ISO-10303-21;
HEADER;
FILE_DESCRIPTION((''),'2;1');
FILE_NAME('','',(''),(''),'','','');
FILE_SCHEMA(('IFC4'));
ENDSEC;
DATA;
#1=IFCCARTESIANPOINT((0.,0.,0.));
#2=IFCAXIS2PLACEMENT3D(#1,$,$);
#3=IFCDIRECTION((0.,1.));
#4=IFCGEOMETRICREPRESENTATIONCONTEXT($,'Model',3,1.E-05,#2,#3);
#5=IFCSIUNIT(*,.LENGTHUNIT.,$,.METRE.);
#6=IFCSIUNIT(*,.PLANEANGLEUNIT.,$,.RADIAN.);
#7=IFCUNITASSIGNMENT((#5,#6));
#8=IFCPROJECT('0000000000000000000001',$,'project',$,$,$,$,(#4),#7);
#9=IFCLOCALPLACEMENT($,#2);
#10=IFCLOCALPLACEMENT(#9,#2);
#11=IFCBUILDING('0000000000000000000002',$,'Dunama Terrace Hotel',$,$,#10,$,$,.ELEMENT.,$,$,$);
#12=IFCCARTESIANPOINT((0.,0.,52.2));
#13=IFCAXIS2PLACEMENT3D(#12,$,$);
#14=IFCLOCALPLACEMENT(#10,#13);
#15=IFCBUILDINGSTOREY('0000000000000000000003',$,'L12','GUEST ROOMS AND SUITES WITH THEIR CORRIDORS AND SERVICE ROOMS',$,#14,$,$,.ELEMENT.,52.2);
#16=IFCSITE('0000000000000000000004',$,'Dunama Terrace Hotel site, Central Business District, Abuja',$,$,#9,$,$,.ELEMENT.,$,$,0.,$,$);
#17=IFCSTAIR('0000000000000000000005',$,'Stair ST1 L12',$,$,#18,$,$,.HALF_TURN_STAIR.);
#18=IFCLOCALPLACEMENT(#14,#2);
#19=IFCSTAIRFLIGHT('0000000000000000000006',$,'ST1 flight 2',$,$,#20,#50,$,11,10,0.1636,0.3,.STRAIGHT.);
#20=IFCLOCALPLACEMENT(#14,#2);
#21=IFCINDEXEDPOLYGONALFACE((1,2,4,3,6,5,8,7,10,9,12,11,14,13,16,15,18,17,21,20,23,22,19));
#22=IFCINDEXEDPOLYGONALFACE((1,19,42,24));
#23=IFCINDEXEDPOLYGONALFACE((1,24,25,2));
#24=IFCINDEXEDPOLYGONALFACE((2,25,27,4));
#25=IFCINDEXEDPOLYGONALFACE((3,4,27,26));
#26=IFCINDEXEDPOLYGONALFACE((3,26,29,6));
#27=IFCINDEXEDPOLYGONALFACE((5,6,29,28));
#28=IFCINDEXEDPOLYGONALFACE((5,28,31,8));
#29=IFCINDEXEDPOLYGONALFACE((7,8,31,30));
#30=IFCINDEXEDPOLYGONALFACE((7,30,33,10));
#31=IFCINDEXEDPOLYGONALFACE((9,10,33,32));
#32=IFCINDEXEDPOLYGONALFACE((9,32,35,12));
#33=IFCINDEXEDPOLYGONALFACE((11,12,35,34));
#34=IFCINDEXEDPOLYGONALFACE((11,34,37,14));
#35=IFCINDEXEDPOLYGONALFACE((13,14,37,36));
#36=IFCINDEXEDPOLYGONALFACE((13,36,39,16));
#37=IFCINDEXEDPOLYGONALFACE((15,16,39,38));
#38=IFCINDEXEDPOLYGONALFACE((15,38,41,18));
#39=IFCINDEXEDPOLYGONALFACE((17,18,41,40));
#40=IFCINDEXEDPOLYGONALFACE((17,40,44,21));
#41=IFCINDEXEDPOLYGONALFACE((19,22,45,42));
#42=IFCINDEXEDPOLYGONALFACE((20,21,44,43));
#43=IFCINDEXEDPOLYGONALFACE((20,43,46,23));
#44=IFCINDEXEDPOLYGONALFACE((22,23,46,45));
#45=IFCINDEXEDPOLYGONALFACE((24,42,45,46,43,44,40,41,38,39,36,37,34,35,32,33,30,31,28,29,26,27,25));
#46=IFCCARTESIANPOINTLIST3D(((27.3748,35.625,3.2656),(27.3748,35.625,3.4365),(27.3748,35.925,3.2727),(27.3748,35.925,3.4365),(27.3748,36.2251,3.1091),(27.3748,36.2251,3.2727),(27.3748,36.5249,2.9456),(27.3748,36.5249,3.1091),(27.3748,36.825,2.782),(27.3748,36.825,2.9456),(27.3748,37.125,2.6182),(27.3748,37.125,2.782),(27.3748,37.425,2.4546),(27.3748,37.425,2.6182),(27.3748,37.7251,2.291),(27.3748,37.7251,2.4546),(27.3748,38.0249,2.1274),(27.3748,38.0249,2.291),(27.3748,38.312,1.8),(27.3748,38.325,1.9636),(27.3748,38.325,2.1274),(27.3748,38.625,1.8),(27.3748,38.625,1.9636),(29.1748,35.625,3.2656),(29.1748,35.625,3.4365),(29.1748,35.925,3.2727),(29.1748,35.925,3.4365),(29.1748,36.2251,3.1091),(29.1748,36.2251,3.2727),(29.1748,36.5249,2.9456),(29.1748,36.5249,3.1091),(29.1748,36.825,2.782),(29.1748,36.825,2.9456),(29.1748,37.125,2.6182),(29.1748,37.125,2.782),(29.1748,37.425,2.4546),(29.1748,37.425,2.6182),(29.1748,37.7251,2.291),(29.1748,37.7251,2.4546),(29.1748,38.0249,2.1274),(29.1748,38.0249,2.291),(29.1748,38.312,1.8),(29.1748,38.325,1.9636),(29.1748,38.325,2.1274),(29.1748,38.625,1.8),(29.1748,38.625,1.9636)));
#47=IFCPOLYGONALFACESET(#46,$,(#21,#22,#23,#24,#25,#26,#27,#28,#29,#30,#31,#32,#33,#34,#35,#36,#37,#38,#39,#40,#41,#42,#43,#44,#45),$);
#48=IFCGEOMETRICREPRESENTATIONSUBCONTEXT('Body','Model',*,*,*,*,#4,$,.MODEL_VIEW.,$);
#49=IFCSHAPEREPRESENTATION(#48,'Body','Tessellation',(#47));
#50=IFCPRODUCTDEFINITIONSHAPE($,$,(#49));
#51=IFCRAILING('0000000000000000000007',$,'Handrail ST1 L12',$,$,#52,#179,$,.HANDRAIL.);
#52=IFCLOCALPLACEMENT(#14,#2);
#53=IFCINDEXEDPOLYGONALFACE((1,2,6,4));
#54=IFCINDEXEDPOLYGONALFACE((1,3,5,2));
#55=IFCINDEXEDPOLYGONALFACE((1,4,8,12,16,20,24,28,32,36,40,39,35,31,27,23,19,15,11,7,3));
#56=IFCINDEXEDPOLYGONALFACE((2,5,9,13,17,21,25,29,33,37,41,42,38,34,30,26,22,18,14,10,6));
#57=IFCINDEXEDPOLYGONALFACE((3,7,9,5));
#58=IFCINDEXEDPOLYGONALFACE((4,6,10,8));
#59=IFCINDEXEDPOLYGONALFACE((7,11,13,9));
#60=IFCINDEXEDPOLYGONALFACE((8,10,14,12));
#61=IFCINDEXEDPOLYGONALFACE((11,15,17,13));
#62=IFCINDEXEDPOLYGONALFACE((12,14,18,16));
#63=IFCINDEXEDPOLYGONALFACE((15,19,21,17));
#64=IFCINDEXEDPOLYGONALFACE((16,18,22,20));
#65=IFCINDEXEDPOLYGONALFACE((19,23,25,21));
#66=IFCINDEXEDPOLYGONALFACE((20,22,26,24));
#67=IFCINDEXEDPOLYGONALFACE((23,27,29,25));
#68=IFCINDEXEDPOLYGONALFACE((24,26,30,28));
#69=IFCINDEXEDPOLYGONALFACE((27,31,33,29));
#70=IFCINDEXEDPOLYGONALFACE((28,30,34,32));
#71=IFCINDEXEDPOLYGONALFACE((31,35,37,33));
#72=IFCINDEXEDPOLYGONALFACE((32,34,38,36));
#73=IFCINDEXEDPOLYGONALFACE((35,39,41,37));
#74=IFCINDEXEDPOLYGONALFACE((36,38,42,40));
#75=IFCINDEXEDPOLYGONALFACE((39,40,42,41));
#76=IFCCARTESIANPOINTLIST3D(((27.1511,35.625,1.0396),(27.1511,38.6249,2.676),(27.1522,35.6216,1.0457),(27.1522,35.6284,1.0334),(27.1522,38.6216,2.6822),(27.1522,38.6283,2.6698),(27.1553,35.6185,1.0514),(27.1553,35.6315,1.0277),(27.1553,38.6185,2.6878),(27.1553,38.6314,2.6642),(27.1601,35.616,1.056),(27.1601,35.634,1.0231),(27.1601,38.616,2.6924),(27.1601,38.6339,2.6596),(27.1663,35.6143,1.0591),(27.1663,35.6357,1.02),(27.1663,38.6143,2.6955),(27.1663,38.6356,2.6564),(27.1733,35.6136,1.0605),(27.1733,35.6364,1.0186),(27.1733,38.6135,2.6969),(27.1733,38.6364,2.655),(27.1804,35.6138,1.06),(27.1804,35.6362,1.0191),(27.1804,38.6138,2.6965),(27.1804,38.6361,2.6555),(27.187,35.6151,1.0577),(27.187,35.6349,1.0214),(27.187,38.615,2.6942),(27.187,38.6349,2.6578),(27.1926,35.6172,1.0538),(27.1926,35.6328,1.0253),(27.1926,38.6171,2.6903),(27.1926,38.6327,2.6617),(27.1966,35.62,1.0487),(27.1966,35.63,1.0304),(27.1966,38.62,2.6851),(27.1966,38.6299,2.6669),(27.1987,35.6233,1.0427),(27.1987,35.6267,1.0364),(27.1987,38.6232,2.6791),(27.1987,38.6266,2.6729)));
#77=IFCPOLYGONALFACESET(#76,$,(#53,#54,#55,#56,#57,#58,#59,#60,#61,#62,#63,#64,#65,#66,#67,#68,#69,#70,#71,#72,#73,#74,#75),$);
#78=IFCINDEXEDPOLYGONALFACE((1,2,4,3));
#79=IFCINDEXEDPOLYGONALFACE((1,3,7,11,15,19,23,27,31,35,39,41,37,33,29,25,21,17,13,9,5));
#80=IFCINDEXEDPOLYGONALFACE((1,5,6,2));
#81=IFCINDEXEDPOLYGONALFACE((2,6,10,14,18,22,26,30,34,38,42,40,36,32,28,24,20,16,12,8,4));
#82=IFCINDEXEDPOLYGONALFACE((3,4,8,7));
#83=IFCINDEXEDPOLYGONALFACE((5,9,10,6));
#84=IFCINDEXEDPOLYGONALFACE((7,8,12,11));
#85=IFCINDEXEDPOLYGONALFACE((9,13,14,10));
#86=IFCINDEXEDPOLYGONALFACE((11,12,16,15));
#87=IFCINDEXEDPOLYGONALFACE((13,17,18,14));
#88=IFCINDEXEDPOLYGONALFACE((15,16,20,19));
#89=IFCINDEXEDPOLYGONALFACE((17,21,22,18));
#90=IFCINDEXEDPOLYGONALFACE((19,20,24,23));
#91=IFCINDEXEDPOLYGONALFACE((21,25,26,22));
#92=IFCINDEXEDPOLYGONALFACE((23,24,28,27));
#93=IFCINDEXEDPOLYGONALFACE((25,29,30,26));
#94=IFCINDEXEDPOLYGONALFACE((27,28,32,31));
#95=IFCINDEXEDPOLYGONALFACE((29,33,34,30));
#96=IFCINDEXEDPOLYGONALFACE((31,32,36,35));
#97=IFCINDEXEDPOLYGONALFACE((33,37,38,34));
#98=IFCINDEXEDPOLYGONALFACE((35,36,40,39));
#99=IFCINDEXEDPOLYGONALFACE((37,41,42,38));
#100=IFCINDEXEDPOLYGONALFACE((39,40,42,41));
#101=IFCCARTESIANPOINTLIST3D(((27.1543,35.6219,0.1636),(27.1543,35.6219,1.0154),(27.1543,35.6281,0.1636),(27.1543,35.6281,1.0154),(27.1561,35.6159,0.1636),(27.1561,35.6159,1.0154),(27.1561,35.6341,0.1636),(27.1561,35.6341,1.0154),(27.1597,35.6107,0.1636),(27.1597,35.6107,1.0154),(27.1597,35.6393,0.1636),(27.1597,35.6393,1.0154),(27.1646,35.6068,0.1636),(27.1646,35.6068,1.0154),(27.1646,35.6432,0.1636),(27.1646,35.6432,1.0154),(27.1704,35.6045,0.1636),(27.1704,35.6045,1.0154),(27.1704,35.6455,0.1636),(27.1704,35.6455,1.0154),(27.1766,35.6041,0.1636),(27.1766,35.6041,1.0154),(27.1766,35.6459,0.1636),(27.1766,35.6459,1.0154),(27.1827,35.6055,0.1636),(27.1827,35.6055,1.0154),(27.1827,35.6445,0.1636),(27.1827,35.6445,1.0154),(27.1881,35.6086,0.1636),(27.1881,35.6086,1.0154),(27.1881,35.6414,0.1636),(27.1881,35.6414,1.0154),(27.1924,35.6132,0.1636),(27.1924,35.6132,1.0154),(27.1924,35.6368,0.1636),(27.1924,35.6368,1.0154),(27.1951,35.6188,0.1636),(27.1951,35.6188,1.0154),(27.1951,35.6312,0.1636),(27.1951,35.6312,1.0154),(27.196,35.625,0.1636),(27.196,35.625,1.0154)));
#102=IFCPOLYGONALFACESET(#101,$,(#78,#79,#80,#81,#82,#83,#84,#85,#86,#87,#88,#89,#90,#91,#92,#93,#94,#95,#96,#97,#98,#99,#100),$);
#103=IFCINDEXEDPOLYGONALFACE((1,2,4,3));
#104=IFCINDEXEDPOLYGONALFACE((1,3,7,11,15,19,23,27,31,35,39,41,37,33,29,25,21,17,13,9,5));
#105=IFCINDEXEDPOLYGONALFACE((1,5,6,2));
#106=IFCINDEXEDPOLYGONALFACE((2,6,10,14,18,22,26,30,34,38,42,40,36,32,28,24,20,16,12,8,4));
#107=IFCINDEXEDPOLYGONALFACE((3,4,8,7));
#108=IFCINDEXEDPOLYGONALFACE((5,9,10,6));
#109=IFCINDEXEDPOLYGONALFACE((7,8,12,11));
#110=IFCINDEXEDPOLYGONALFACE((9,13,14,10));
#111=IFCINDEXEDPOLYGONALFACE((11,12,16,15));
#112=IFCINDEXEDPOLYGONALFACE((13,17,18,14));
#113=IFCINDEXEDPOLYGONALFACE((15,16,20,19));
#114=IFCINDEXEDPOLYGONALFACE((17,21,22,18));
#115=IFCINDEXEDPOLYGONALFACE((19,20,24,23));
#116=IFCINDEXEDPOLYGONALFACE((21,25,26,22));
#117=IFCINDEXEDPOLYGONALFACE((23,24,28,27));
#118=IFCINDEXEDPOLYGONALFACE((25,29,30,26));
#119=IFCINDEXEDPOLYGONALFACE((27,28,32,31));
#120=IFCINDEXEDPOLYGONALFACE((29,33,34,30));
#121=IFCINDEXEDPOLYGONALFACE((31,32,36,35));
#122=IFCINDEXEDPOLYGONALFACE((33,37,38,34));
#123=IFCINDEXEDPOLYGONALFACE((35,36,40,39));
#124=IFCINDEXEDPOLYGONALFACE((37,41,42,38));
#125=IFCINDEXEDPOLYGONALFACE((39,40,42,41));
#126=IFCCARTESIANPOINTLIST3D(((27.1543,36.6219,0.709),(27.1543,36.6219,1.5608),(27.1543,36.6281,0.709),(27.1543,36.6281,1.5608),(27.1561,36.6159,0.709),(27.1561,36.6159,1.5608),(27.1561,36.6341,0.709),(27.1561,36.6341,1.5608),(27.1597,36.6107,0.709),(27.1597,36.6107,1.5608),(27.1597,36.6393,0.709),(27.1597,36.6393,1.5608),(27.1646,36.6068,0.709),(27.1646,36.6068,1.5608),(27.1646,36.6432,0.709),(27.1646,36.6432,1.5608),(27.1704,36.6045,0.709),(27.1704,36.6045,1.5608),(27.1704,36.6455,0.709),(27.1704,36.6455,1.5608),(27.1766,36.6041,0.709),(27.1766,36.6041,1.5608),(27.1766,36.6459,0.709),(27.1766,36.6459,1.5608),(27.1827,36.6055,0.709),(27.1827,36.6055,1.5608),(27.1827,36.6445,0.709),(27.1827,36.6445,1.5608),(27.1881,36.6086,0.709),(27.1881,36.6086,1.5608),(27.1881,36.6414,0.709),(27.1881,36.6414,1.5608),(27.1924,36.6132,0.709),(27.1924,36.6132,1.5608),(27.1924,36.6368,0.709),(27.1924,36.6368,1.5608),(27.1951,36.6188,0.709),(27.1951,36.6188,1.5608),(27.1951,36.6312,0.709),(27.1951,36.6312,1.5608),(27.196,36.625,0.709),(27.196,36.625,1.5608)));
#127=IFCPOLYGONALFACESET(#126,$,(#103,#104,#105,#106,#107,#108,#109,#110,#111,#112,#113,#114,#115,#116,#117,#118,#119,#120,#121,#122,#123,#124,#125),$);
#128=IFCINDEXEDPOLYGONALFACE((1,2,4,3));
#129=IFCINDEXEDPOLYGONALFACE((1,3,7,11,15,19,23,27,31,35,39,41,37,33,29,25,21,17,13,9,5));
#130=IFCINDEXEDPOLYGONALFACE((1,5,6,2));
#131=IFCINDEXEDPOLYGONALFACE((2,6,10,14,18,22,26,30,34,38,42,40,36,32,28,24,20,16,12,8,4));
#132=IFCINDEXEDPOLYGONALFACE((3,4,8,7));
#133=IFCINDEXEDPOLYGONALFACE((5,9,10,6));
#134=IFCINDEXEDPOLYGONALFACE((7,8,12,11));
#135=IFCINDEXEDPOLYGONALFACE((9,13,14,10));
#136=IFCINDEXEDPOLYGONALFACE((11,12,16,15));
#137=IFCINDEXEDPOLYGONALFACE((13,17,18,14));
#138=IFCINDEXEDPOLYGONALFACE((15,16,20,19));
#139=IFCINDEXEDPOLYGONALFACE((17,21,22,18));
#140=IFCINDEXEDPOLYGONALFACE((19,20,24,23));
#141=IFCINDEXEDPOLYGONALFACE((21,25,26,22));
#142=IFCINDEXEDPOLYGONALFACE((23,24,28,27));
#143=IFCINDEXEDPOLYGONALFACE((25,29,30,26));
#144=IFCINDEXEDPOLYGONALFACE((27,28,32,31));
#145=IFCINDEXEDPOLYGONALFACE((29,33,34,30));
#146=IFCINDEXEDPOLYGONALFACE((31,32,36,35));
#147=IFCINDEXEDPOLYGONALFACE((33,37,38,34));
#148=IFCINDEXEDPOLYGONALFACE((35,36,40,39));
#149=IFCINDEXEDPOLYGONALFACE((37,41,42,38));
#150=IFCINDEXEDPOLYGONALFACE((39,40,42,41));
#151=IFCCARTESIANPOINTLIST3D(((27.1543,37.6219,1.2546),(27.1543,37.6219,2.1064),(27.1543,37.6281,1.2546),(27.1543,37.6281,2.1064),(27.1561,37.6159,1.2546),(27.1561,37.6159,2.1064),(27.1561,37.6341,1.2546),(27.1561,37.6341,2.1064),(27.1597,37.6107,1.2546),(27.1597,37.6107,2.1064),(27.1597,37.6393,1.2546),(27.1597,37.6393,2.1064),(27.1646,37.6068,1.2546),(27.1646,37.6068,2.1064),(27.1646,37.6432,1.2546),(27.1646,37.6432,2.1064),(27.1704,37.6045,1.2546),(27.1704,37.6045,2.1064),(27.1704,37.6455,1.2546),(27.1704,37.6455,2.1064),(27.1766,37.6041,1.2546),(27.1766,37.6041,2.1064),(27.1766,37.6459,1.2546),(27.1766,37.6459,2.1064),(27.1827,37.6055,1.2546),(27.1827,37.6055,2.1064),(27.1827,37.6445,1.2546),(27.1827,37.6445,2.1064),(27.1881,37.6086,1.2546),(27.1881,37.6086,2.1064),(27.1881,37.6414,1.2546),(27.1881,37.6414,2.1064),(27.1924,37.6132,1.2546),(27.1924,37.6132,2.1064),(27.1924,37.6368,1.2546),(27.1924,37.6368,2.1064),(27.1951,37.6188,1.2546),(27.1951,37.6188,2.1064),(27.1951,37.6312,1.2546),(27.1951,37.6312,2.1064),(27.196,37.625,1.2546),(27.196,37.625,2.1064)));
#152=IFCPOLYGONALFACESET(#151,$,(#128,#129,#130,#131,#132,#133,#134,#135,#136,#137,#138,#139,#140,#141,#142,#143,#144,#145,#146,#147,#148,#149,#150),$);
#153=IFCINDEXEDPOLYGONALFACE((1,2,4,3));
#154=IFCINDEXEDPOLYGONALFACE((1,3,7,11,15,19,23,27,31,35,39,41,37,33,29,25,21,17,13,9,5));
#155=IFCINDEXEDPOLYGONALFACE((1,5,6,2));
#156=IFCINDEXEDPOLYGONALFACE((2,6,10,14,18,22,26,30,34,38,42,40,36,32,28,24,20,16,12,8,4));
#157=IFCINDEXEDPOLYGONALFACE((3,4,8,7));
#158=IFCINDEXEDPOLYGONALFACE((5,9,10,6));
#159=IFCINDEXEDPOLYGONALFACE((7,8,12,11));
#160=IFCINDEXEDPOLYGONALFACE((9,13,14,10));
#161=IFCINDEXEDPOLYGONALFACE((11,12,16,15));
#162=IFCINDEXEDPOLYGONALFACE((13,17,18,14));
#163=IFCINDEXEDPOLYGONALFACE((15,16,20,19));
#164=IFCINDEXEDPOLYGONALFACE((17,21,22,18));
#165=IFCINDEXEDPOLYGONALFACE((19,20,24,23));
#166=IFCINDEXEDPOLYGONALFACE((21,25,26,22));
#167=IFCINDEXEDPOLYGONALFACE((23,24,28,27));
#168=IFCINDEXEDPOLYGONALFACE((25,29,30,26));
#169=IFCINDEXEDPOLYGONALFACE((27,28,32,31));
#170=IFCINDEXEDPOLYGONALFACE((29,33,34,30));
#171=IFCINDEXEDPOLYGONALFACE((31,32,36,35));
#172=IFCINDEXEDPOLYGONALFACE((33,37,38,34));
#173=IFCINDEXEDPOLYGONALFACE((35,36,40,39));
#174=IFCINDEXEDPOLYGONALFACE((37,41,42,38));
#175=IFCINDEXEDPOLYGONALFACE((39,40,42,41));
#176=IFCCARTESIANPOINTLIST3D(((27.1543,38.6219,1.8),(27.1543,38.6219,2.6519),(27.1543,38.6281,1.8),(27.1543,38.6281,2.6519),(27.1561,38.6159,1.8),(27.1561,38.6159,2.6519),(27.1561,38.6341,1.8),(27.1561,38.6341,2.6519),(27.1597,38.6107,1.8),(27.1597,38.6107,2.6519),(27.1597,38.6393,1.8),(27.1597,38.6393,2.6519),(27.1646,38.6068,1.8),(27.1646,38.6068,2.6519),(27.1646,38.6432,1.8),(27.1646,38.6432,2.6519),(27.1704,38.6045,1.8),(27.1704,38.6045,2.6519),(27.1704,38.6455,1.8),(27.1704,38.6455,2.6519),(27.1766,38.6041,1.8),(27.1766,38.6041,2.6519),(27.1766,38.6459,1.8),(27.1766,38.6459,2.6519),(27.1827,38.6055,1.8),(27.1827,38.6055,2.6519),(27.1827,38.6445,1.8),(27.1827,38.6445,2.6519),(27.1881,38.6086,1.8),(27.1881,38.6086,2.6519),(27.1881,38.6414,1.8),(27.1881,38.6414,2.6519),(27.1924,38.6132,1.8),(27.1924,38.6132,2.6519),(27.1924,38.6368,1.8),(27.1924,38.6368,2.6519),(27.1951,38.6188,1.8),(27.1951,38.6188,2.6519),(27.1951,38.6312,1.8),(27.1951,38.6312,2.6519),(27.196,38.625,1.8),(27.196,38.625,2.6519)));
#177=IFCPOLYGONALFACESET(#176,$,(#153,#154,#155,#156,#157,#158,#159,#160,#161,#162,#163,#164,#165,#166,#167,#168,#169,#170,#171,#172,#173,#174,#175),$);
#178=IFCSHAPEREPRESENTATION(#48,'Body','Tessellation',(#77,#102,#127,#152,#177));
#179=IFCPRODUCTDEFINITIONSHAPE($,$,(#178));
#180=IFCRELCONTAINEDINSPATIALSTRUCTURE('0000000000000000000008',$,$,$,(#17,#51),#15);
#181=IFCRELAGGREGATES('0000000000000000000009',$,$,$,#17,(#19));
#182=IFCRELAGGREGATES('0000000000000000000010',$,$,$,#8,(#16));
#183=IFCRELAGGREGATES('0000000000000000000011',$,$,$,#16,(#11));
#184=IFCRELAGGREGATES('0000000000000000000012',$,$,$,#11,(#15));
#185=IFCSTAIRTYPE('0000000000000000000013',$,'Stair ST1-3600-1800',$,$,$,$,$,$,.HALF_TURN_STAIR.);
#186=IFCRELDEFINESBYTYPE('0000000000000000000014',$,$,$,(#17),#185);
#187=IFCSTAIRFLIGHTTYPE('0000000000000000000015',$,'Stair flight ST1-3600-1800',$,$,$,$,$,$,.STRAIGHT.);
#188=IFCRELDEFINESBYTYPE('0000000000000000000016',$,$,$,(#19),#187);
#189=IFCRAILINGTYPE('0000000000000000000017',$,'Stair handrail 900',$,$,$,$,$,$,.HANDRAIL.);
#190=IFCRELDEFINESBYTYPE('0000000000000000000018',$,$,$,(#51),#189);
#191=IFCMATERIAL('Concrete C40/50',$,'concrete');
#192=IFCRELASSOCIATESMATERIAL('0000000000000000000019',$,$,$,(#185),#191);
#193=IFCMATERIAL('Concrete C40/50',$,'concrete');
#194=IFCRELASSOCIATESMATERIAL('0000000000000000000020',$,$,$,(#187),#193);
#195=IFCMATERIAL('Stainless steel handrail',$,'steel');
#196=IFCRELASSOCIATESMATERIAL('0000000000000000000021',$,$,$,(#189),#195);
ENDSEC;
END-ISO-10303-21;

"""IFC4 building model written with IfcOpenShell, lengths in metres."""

from ifc_helpers import new_model, si_unit, direction, frame, origin, origin_2d, place, context, subcontext, project, spatial, polyline, circle, outline, extrude, material, type_object, element, aggregate, save


model = new_model("IFC4")

# Units and contexts
model_context = context("Model", 3, precision=1e-05, world=origin(), true_north=direction((0.0, 1.0)))
body_context = subcontext(model_context, "Body", "Model", "MODEL_VIEW")
ifc_project = project(units=[si_unit("LENGTHUNIT", "METRE"), si_unit("PLANEANGLEUNIT", "RADIAN")], contexts=[model_context])

# Site, building, storey
site_placement = place(None, origin())
site = spatial("IfcSite", under=ifc_project, at=site_placement, Name="Dunama Terrace Hotel site, Central Business District, Abuja", CompositionType="ELEMENT", RefElevation=0.0)
building_placement = place(site_placement, origin())
building = spatial("IfcBuilding", under=site, at=building_placement, Name="Dunama Terrace Hotel", CompositionType="ELEMENT")
storey_placement = place(building_placement, frame((0.0, 0.0, 52.2)))
storey = spatial("IfcBuildingStorey", under=building, at=storey_placement, Name="L12", Description="GUEST ROOMS AND SUITES WITH THEIR CORRIDORS AND SERVICE ROOMS", CompositionType="ELEMENT", Elevation=52.2)

# Stair, stair flight
ifc_material_1 = material(Name="Concrete C40/50", Category="concrete")
stair_type = type_object("IfcStairType", Name="Stair ST1-3600-1800", PredefinedType="HALF_TURN_STAIR", material=ifc_material_1)
stair_placement = place(storey_placement, origin())
stair = element("IfcStair", 1, at=stair_placement, inside=storey, type_object=stair_type, Name="Stair ST1 L12", PredefinedType="HALF_TURN_STAIR")
ifc_material_2 = material(Name="Concrete C40/50", Category="concrete")
stair_flight_type = type_object("IfcStairFlightType", Name="Stair flight ST1-3600-1800", PredefinedType="STRAIGHT", material=ifc_material_2)
stair_flight_1_placement = place(storey_placement, frame((28.2749, 38.625, 1.8), z_axis=(0.0, 0.0, 1.0), x_axis=(0.0, -1.0, 0.0)))
stair_flight_1 = element("IfcStairFlight", 2, at=stair_flight_1_placement, type_object=stair_flight_type, Name="ST1 flight 2", NumberOfRisers=11, NumberOfTreads=10, PredefinedType="STRAIGHT", RiserHeight=0.1636, TreadLength=0.3, context=body_context, shape_type="SweptSolid", body=[
    extrude(outline(polyline([(0.0, 0.0), (0.0, 0.1636), (0.3, 0.1636), (0.3, 0.3274), (0.6001, 0.3274), (0.6001, 0.491), (0.8999, 0.491), (0.8999, 0.6545), (1.2, 0.6545), (1.2, 0.8181), (1.5, 0.8181), (1.5, 0.9819), (1.8, 0.9819), (1.8, 1.1455), (2.1001, 1.1455), (2.1001, 1.3091), (2.3999, 1.3091), (2.3999, 1.4727), (2.7, 1.4727), (2.7, 1.6365), (3.0, 1.6365), (3.0, 1.8), (3.0, 1.4656), (0.313, 0.0), (0.0, 0.0)])), frame((0.0, 0.8999, 0.0), z_axis=(0.0, -1.0, 0.0), x_axis=(1.0, 0.0, 0.0)), (0.0, 0.0, 1.0), 1.8),
])
aggregate(stair, [stair_flight_1])

# Railing
ifc_material_3 = material(Name="Stainless steel handrail", Category="steel")
railing_type = type_object("IfcRailingType", Name="Stair handrail 900", PredefinedType="HANDRAIL", material=ifc_material_3)
railing_1_placement = place(storey_placement, frame((27.175, 35.625, 0.1636)))
element("IfcRailing", 3, at=railing_1_placement, inside=storey, type_object=railing_type, Name="Handrail ST1 L12", PredefinedType="HANDRAIL", context=body_context, shape_type="SweptSolid", body=[
    extrude(circle(Radius=0.0239, at=origin_2d()), frame((0.0, 0.0, 0.876), z_axis=(0.0, 0.877882, 0.478877), x_axis=(-1.0, 0.0, 0.0)), (0.0, 0.0, 1.0), 3.4172),
    extrude(circle(Radius=0.021, at=origin_2d()), origin(), (0.0, 0.0, 1.0), 0.8518),
    extrude(circle(Radius=0.021, at=origin_2d()), frame((0.0, 1.0, 0.5454)), (0.0, 0.0, 1.0), 0.8518),
    extrude(circle(Radius=0.021, at=origin_2d()), frame((0.0, 2.0, 1.0911)), (0.0, 0.0, 1.0), 0.8518),
    extrude(circle(Radius=0.021, at=origin_2d()), frame((0.0, 3.0, 1.6365)), (0.0, 0.0, 1.0), 0.8518),
])

save(model, "model.ifc")
